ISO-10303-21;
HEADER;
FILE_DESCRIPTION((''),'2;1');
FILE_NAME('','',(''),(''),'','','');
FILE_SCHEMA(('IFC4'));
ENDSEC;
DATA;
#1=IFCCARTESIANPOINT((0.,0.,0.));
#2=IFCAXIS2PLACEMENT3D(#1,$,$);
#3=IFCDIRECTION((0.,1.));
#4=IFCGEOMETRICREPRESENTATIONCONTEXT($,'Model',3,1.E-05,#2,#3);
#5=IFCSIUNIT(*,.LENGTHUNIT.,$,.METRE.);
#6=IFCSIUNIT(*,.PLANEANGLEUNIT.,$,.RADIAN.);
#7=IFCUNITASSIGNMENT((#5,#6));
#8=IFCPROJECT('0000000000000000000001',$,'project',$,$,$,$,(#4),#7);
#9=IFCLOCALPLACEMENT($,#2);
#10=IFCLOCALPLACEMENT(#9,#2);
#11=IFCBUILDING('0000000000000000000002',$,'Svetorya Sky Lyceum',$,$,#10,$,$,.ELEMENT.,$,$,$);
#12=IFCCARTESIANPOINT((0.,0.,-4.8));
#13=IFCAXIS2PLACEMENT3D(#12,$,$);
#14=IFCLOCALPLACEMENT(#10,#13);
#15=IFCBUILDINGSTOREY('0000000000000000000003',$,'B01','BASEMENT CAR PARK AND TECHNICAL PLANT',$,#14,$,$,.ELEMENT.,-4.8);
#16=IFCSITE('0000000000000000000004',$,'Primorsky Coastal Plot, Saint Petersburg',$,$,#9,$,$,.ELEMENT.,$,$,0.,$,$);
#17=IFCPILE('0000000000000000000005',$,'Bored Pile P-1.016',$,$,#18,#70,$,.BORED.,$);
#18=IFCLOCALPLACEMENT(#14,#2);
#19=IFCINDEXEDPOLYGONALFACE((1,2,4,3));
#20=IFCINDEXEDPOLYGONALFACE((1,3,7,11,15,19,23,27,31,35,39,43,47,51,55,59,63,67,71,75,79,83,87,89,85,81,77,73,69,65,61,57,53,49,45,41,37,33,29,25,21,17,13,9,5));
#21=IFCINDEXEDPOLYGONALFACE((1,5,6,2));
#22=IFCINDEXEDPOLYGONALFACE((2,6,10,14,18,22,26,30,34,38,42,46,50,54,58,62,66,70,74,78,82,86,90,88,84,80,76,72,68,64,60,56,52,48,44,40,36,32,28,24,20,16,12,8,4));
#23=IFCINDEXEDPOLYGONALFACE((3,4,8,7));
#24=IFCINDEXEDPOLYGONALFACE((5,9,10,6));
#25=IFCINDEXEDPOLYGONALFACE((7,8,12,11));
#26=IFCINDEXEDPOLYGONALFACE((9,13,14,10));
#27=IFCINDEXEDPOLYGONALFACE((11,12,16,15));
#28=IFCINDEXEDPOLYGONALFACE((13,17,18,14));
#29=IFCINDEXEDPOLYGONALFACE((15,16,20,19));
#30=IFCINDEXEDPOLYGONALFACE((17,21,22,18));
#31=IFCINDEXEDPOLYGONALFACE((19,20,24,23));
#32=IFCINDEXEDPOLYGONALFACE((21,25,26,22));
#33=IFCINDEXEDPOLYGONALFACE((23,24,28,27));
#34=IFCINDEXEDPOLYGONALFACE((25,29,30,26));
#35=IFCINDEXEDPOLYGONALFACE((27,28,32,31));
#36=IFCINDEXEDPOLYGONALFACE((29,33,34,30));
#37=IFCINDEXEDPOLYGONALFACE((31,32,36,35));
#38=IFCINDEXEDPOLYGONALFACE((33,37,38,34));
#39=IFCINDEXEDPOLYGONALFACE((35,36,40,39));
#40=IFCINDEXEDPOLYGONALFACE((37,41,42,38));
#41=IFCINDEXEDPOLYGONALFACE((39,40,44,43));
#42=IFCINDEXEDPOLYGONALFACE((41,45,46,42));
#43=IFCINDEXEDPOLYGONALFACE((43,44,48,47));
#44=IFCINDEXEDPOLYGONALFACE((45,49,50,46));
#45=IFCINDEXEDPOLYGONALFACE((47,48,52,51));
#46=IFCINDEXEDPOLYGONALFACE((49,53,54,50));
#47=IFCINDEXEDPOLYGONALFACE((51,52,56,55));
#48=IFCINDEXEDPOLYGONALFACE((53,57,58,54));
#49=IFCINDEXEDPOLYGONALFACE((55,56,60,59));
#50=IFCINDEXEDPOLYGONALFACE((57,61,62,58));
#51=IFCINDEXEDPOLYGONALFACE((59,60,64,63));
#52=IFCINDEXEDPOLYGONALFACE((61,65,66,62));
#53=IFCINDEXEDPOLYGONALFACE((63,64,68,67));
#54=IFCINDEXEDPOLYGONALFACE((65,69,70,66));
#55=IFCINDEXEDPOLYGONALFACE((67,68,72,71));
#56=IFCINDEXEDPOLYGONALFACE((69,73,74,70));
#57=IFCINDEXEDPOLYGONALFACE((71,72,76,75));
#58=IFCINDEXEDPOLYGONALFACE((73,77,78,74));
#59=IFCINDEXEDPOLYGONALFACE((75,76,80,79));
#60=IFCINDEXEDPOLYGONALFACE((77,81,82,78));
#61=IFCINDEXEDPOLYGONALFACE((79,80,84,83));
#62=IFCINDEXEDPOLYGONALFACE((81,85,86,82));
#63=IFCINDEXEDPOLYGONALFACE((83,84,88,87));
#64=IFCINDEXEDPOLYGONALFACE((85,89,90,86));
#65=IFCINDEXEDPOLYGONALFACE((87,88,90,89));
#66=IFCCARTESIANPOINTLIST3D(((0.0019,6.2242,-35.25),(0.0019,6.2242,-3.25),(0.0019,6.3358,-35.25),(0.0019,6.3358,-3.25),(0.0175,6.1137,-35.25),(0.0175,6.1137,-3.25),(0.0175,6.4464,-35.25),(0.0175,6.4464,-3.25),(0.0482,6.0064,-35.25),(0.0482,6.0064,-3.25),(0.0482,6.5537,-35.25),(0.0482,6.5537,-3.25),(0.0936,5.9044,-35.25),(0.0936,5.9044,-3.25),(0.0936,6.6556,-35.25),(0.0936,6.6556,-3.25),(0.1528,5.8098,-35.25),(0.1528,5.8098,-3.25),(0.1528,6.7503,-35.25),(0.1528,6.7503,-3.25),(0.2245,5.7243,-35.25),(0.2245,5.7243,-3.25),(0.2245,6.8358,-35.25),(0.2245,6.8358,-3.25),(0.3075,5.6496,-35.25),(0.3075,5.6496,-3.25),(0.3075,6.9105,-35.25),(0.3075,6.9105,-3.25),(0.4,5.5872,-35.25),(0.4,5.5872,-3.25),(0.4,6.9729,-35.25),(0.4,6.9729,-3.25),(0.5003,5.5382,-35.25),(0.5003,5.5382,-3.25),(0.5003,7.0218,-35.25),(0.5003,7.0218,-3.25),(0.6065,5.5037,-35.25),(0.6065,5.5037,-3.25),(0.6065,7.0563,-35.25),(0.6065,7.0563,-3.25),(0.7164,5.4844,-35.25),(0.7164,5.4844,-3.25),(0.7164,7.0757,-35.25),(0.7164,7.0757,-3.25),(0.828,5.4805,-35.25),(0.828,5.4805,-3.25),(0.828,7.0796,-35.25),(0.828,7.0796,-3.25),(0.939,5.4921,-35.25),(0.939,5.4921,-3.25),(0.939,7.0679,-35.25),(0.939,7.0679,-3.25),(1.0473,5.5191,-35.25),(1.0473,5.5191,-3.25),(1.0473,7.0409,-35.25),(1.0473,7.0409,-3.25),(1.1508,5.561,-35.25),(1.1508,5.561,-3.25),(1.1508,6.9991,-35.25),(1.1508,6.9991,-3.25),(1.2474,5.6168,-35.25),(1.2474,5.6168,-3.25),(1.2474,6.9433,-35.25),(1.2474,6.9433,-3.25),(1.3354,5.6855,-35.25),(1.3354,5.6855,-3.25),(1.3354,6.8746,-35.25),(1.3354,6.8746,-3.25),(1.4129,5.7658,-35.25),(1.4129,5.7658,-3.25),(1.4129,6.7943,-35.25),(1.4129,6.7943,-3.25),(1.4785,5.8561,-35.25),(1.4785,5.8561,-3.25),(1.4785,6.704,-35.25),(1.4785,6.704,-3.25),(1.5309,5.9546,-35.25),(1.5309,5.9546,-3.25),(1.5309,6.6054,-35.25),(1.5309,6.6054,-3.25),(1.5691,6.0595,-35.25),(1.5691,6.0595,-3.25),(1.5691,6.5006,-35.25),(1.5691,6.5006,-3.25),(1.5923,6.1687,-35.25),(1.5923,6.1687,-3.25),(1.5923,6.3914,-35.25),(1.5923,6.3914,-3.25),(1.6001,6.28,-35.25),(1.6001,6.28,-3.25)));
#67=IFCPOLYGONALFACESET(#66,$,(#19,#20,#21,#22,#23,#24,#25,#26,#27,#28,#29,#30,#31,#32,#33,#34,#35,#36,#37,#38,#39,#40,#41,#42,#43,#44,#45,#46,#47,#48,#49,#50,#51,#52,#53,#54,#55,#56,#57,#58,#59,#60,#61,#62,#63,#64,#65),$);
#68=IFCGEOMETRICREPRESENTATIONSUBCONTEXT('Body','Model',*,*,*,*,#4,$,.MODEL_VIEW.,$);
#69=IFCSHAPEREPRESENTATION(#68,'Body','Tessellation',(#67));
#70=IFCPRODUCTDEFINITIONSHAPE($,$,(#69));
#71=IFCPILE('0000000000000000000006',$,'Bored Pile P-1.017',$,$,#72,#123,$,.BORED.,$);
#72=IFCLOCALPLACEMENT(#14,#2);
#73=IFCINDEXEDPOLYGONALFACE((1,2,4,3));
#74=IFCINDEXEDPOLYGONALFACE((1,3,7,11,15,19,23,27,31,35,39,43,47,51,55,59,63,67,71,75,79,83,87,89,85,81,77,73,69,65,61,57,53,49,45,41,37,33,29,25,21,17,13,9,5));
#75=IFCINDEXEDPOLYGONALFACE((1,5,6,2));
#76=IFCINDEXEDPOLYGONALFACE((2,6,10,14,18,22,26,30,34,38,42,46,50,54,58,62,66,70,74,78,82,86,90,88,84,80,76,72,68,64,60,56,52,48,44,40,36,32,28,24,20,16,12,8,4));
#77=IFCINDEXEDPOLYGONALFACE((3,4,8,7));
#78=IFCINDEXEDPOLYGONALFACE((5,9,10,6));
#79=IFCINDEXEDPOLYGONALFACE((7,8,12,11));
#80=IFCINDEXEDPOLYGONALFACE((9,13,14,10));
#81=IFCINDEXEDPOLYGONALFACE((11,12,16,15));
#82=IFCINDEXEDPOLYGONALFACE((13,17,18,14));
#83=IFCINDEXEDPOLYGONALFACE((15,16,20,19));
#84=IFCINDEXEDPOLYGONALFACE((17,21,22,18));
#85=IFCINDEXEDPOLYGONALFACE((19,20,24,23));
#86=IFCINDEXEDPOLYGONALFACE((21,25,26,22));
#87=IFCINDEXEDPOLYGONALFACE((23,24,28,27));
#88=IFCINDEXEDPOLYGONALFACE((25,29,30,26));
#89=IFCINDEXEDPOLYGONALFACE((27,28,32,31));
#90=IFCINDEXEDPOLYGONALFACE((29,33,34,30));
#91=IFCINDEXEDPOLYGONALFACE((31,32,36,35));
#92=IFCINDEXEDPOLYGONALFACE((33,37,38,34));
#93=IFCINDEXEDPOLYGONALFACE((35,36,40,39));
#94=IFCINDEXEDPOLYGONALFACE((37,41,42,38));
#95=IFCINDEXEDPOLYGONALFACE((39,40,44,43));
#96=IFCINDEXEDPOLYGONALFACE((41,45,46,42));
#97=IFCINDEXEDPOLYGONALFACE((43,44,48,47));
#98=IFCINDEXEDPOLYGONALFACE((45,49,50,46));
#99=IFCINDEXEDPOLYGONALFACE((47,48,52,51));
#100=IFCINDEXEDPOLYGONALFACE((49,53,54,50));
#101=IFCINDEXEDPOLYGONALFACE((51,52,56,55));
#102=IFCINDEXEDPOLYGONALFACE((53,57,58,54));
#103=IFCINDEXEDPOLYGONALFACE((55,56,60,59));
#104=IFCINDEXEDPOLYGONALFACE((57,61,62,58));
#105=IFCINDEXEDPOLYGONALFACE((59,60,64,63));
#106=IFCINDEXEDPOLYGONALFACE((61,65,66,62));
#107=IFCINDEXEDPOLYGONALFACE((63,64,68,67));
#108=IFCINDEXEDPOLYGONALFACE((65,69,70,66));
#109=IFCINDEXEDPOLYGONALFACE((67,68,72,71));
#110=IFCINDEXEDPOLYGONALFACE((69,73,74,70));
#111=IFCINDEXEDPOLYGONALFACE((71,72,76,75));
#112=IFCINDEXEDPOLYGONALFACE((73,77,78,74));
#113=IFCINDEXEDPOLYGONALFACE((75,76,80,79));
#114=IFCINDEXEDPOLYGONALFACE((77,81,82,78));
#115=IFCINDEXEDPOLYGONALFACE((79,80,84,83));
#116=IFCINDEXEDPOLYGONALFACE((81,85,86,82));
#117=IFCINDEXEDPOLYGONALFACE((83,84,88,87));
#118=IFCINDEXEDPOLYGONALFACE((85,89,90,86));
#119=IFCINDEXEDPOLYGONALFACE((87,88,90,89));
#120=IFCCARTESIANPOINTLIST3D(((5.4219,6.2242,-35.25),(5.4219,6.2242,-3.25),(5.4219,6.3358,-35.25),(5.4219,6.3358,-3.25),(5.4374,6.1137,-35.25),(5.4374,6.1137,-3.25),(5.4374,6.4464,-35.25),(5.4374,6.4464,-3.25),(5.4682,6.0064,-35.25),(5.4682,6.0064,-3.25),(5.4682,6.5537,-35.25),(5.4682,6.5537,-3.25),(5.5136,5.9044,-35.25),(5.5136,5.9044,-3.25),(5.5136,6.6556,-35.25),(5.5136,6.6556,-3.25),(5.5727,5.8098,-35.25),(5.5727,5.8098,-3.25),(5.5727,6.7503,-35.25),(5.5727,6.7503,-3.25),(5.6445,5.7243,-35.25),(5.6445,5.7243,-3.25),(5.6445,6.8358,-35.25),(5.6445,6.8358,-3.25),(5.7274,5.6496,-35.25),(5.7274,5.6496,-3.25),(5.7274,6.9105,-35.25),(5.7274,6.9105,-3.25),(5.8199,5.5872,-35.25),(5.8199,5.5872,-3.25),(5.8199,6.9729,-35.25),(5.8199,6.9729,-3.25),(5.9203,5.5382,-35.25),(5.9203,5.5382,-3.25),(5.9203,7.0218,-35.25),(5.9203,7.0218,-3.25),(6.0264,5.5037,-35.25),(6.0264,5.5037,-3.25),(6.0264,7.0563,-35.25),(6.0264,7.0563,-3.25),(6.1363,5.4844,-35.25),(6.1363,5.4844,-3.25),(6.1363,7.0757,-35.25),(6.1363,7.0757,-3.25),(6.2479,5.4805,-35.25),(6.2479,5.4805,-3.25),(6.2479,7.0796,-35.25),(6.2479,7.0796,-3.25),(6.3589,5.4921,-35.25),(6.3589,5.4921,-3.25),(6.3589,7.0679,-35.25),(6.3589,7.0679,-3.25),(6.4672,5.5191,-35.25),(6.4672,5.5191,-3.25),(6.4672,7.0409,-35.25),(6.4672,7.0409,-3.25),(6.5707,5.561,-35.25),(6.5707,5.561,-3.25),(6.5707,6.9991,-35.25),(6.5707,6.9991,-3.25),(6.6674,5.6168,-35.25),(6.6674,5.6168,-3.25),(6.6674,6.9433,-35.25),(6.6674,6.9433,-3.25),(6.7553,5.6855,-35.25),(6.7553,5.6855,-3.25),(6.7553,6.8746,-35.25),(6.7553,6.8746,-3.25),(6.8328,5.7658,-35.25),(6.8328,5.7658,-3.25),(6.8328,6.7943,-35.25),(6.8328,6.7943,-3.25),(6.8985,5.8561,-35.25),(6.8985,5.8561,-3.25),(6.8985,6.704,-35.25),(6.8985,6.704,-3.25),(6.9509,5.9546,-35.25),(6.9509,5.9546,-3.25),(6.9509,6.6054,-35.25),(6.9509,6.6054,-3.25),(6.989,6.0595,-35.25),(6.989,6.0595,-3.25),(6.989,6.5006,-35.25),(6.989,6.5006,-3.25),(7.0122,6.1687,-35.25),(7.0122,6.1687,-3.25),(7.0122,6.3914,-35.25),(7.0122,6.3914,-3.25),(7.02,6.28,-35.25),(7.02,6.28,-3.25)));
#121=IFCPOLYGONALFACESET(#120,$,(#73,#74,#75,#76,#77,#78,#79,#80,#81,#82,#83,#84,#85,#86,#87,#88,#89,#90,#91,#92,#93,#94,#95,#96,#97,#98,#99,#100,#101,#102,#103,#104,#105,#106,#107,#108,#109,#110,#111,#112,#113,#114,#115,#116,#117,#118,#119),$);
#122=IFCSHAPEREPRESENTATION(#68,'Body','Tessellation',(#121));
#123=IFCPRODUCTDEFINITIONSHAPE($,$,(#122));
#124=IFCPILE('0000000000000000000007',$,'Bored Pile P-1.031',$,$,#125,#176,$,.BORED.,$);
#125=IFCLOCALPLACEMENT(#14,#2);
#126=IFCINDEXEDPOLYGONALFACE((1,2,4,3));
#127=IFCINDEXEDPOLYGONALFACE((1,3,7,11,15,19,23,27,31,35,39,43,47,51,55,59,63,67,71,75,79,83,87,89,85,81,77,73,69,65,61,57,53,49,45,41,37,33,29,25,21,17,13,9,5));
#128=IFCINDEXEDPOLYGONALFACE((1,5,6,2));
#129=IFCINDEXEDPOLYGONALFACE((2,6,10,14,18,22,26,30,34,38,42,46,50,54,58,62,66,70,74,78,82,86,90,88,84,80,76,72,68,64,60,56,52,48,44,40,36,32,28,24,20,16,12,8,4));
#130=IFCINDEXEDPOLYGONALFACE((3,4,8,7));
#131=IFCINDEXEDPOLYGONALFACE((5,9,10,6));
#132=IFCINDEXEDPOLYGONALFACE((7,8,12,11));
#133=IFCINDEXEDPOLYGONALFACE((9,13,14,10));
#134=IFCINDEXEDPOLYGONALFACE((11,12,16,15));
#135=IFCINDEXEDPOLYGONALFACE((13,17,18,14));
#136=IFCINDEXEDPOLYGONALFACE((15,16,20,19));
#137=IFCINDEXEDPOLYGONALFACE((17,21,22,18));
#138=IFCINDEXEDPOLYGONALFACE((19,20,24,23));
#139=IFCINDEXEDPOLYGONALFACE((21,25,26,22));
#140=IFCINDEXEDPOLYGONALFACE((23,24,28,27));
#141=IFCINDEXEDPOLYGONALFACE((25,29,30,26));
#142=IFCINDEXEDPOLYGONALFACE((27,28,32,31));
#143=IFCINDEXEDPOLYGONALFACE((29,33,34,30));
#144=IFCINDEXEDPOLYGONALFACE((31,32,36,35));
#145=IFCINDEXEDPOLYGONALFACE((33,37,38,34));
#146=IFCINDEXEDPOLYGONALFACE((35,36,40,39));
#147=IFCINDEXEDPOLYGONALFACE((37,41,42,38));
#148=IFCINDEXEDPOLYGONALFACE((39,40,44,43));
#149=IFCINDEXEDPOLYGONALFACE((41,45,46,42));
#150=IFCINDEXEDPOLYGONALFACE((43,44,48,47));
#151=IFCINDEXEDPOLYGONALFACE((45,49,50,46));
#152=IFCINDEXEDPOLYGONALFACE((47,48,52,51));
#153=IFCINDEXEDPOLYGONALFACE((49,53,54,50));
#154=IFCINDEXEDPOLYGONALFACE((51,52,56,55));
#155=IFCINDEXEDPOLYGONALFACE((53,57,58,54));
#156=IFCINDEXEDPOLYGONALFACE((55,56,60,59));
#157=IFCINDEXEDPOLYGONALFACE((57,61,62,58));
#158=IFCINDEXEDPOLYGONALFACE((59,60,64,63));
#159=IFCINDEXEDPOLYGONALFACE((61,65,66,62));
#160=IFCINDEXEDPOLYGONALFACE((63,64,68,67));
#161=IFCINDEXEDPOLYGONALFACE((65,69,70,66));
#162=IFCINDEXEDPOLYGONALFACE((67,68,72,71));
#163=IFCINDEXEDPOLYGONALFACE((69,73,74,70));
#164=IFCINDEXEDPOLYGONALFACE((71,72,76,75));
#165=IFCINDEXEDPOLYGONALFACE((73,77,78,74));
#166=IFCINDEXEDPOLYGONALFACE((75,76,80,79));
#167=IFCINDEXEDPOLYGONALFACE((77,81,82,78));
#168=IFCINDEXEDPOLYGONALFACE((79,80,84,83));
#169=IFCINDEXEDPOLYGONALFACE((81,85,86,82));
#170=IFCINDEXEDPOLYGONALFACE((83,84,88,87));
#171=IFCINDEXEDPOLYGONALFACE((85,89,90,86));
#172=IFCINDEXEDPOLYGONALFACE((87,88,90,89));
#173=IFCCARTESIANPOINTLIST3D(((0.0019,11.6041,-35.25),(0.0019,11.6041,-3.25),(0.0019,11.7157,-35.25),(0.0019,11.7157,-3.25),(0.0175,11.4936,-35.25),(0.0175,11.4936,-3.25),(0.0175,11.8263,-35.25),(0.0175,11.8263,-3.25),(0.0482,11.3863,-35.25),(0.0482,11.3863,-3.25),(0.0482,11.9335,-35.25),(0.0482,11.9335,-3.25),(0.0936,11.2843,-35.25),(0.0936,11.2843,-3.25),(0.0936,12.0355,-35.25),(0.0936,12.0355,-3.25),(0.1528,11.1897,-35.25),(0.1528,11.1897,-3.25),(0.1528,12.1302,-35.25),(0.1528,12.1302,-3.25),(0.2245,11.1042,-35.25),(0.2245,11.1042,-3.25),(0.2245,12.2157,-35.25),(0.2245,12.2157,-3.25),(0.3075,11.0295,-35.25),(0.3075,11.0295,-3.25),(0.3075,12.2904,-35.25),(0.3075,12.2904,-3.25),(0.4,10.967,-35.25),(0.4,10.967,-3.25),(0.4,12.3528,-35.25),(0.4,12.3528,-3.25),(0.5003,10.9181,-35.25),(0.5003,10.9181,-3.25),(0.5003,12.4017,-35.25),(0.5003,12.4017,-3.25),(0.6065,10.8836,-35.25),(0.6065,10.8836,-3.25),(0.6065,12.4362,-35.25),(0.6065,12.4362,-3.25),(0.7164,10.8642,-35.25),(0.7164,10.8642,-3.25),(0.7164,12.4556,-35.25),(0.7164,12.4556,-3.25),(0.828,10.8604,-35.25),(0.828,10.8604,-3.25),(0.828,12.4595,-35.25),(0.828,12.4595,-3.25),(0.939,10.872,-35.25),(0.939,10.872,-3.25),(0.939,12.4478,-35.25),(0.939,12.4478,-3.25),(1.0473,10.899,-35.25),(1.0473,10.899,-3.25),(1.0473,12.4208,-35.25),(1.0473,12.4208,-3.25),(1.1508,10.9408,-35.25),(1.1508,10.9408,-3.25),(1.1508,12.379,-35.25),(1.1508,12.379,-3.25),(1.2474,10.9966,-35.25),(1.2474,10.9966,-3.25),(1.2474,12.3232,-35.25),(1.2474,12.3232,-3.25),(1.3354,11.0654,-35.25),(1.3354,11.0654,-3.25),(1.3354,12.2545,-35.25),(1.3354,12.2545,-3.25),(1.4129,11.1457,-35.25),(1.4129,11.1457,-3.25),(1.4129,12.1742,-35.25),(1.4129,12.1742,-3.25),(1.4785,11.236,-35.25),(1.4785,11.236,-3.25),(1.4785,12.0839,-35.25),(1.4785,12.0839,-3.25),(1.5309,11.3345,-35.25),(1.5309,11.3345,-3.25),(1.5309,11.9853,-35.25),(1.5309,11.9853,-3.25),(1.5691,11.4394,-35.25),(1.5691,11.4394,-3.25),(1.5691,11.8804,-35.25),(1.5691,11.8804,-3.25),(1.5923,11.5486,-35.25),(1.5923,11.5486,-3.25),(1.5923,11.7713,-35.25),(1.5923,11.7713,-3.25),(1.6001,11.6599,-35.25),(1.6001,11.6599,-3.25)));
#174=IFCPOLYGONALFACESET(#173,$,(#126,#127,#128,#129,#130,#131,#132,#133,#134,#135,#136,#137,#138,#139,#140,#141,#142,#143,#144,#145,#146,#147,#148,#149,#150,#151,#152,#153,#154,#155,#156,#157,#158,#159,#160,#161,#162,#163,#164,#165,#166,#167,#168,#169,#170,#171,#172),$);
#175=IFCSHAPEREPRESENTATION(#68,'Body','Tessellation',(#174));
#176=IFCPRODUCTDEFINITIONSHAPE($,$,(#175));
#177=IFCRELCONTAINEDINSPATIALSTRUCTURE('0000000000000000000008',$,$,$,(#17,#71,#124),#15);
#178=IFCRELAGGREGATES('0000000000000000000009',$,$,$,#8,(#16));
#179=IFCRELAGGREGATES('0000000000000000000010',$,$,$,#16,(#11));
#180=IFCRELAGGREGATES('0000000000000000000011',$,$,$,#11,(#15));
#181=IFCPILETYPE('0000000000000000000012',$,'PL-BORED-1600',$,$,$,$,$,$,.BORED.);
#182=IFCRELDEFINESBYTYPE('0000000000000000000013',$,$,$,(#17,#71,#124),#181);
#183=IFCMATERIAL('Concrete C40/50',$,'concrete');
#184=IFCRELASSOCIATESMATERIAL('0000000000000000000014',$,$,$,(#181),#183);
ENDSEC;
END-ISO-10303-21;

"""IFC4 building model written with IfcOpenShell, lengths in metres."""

from ifc_helpers import new_model, si_unit, direction, frame, origin, origin_2d, place, context, subcontext, project, spatial, circle, extrude, material, material_profile, profile_set, type_object, element, save


model = new_model("IFC4")

# Units and contexts
model_context = context("Model", 3, precision=1e-05, world=origin(), true_north=direction((0.0, 1.0)))
body_context = subcontext(model_context, "Body", "Model", "MODEL_VIEW")
ifc_project = project(units=[si_unit("LENGTHUNIT", "METRE"), si_unit("PLANEANGLEUNIT", "RADIAN")], contexts=[model_context])

# Site, building, storey
site_placement = place(None, origin())
site = spatial("IfcSite", under=ifc_project, at=site_placement, Name="Primorsky Coastal Plot, Saint Petersburg", CompositionType="ELEMENT", RefElevation=0.0)
building_placement = place(site_placement, origin())
building = spatial("IfcBuilding", under=site, at=building_placement, Name="Svetorya Sky Lyceum", CompositionType="ELEMENT")
storey_placement = place(building_placement, frame((0.0, 0.0, -4.8)))
storey = spatial("IfcBuildingStorey", under=building, at=storey_placement, Name="B01", Description="BASEMENT CAR PARK AND TECHNICAL PLANT", CompositionType="ELEMENT", Elevation=-4.8)

# Shared definitions
ifc_material_1 = material(Name="Concrete C40/50", Category="concrete")

# Piles
ifc_material_profile_1 = material_profile(ifc_material_1, circle(Radius=0.8, at=origin_2d()), Name="RC PILE D1600")
ifc_profile_set_1 = profile_set([ifc_material_profile_1], Name="Concrete C40/50")
pile_type = type_object("IfcPileType", Name="PL-BORED-1600", PredefinedType="BORED", material=ifc_profile_set_1)
for number, where, z_axis, x_axis, name in (
    (1, (0.8, 6.28, -3.25), (0.0, 0.0, -1.0), (1.0, 0.0, 0.0), "Bored Pile P-1.016"),
    (2, (6.22, 6.28, -3.25), (0.0, 0.0, -1.0), (1.0, 0.0, 0.0), "Bored Pile P-1.017"),
    (3, (0.8, 11.6599, -3.25), (0.0, 0.0, -1.0), (1.0, 0.0, 0.0), "Bored Pile P-1.031"),
):
    element("IfcPile", number, at=place(storey_placement, frame(where, z_axis=z_axis, x_axis=x_axis)), inside=storey, type_object=pile_type, Name=name, PredefinedType="BORED", context=body_context, shape_type="SweptSolid", body=[
        extrude(circle(Radius=0.8, at=origin_2d()), origin(), (0.0, 0.0, 1.0), 32.0),
    ])

save(model, "model.ifc")
